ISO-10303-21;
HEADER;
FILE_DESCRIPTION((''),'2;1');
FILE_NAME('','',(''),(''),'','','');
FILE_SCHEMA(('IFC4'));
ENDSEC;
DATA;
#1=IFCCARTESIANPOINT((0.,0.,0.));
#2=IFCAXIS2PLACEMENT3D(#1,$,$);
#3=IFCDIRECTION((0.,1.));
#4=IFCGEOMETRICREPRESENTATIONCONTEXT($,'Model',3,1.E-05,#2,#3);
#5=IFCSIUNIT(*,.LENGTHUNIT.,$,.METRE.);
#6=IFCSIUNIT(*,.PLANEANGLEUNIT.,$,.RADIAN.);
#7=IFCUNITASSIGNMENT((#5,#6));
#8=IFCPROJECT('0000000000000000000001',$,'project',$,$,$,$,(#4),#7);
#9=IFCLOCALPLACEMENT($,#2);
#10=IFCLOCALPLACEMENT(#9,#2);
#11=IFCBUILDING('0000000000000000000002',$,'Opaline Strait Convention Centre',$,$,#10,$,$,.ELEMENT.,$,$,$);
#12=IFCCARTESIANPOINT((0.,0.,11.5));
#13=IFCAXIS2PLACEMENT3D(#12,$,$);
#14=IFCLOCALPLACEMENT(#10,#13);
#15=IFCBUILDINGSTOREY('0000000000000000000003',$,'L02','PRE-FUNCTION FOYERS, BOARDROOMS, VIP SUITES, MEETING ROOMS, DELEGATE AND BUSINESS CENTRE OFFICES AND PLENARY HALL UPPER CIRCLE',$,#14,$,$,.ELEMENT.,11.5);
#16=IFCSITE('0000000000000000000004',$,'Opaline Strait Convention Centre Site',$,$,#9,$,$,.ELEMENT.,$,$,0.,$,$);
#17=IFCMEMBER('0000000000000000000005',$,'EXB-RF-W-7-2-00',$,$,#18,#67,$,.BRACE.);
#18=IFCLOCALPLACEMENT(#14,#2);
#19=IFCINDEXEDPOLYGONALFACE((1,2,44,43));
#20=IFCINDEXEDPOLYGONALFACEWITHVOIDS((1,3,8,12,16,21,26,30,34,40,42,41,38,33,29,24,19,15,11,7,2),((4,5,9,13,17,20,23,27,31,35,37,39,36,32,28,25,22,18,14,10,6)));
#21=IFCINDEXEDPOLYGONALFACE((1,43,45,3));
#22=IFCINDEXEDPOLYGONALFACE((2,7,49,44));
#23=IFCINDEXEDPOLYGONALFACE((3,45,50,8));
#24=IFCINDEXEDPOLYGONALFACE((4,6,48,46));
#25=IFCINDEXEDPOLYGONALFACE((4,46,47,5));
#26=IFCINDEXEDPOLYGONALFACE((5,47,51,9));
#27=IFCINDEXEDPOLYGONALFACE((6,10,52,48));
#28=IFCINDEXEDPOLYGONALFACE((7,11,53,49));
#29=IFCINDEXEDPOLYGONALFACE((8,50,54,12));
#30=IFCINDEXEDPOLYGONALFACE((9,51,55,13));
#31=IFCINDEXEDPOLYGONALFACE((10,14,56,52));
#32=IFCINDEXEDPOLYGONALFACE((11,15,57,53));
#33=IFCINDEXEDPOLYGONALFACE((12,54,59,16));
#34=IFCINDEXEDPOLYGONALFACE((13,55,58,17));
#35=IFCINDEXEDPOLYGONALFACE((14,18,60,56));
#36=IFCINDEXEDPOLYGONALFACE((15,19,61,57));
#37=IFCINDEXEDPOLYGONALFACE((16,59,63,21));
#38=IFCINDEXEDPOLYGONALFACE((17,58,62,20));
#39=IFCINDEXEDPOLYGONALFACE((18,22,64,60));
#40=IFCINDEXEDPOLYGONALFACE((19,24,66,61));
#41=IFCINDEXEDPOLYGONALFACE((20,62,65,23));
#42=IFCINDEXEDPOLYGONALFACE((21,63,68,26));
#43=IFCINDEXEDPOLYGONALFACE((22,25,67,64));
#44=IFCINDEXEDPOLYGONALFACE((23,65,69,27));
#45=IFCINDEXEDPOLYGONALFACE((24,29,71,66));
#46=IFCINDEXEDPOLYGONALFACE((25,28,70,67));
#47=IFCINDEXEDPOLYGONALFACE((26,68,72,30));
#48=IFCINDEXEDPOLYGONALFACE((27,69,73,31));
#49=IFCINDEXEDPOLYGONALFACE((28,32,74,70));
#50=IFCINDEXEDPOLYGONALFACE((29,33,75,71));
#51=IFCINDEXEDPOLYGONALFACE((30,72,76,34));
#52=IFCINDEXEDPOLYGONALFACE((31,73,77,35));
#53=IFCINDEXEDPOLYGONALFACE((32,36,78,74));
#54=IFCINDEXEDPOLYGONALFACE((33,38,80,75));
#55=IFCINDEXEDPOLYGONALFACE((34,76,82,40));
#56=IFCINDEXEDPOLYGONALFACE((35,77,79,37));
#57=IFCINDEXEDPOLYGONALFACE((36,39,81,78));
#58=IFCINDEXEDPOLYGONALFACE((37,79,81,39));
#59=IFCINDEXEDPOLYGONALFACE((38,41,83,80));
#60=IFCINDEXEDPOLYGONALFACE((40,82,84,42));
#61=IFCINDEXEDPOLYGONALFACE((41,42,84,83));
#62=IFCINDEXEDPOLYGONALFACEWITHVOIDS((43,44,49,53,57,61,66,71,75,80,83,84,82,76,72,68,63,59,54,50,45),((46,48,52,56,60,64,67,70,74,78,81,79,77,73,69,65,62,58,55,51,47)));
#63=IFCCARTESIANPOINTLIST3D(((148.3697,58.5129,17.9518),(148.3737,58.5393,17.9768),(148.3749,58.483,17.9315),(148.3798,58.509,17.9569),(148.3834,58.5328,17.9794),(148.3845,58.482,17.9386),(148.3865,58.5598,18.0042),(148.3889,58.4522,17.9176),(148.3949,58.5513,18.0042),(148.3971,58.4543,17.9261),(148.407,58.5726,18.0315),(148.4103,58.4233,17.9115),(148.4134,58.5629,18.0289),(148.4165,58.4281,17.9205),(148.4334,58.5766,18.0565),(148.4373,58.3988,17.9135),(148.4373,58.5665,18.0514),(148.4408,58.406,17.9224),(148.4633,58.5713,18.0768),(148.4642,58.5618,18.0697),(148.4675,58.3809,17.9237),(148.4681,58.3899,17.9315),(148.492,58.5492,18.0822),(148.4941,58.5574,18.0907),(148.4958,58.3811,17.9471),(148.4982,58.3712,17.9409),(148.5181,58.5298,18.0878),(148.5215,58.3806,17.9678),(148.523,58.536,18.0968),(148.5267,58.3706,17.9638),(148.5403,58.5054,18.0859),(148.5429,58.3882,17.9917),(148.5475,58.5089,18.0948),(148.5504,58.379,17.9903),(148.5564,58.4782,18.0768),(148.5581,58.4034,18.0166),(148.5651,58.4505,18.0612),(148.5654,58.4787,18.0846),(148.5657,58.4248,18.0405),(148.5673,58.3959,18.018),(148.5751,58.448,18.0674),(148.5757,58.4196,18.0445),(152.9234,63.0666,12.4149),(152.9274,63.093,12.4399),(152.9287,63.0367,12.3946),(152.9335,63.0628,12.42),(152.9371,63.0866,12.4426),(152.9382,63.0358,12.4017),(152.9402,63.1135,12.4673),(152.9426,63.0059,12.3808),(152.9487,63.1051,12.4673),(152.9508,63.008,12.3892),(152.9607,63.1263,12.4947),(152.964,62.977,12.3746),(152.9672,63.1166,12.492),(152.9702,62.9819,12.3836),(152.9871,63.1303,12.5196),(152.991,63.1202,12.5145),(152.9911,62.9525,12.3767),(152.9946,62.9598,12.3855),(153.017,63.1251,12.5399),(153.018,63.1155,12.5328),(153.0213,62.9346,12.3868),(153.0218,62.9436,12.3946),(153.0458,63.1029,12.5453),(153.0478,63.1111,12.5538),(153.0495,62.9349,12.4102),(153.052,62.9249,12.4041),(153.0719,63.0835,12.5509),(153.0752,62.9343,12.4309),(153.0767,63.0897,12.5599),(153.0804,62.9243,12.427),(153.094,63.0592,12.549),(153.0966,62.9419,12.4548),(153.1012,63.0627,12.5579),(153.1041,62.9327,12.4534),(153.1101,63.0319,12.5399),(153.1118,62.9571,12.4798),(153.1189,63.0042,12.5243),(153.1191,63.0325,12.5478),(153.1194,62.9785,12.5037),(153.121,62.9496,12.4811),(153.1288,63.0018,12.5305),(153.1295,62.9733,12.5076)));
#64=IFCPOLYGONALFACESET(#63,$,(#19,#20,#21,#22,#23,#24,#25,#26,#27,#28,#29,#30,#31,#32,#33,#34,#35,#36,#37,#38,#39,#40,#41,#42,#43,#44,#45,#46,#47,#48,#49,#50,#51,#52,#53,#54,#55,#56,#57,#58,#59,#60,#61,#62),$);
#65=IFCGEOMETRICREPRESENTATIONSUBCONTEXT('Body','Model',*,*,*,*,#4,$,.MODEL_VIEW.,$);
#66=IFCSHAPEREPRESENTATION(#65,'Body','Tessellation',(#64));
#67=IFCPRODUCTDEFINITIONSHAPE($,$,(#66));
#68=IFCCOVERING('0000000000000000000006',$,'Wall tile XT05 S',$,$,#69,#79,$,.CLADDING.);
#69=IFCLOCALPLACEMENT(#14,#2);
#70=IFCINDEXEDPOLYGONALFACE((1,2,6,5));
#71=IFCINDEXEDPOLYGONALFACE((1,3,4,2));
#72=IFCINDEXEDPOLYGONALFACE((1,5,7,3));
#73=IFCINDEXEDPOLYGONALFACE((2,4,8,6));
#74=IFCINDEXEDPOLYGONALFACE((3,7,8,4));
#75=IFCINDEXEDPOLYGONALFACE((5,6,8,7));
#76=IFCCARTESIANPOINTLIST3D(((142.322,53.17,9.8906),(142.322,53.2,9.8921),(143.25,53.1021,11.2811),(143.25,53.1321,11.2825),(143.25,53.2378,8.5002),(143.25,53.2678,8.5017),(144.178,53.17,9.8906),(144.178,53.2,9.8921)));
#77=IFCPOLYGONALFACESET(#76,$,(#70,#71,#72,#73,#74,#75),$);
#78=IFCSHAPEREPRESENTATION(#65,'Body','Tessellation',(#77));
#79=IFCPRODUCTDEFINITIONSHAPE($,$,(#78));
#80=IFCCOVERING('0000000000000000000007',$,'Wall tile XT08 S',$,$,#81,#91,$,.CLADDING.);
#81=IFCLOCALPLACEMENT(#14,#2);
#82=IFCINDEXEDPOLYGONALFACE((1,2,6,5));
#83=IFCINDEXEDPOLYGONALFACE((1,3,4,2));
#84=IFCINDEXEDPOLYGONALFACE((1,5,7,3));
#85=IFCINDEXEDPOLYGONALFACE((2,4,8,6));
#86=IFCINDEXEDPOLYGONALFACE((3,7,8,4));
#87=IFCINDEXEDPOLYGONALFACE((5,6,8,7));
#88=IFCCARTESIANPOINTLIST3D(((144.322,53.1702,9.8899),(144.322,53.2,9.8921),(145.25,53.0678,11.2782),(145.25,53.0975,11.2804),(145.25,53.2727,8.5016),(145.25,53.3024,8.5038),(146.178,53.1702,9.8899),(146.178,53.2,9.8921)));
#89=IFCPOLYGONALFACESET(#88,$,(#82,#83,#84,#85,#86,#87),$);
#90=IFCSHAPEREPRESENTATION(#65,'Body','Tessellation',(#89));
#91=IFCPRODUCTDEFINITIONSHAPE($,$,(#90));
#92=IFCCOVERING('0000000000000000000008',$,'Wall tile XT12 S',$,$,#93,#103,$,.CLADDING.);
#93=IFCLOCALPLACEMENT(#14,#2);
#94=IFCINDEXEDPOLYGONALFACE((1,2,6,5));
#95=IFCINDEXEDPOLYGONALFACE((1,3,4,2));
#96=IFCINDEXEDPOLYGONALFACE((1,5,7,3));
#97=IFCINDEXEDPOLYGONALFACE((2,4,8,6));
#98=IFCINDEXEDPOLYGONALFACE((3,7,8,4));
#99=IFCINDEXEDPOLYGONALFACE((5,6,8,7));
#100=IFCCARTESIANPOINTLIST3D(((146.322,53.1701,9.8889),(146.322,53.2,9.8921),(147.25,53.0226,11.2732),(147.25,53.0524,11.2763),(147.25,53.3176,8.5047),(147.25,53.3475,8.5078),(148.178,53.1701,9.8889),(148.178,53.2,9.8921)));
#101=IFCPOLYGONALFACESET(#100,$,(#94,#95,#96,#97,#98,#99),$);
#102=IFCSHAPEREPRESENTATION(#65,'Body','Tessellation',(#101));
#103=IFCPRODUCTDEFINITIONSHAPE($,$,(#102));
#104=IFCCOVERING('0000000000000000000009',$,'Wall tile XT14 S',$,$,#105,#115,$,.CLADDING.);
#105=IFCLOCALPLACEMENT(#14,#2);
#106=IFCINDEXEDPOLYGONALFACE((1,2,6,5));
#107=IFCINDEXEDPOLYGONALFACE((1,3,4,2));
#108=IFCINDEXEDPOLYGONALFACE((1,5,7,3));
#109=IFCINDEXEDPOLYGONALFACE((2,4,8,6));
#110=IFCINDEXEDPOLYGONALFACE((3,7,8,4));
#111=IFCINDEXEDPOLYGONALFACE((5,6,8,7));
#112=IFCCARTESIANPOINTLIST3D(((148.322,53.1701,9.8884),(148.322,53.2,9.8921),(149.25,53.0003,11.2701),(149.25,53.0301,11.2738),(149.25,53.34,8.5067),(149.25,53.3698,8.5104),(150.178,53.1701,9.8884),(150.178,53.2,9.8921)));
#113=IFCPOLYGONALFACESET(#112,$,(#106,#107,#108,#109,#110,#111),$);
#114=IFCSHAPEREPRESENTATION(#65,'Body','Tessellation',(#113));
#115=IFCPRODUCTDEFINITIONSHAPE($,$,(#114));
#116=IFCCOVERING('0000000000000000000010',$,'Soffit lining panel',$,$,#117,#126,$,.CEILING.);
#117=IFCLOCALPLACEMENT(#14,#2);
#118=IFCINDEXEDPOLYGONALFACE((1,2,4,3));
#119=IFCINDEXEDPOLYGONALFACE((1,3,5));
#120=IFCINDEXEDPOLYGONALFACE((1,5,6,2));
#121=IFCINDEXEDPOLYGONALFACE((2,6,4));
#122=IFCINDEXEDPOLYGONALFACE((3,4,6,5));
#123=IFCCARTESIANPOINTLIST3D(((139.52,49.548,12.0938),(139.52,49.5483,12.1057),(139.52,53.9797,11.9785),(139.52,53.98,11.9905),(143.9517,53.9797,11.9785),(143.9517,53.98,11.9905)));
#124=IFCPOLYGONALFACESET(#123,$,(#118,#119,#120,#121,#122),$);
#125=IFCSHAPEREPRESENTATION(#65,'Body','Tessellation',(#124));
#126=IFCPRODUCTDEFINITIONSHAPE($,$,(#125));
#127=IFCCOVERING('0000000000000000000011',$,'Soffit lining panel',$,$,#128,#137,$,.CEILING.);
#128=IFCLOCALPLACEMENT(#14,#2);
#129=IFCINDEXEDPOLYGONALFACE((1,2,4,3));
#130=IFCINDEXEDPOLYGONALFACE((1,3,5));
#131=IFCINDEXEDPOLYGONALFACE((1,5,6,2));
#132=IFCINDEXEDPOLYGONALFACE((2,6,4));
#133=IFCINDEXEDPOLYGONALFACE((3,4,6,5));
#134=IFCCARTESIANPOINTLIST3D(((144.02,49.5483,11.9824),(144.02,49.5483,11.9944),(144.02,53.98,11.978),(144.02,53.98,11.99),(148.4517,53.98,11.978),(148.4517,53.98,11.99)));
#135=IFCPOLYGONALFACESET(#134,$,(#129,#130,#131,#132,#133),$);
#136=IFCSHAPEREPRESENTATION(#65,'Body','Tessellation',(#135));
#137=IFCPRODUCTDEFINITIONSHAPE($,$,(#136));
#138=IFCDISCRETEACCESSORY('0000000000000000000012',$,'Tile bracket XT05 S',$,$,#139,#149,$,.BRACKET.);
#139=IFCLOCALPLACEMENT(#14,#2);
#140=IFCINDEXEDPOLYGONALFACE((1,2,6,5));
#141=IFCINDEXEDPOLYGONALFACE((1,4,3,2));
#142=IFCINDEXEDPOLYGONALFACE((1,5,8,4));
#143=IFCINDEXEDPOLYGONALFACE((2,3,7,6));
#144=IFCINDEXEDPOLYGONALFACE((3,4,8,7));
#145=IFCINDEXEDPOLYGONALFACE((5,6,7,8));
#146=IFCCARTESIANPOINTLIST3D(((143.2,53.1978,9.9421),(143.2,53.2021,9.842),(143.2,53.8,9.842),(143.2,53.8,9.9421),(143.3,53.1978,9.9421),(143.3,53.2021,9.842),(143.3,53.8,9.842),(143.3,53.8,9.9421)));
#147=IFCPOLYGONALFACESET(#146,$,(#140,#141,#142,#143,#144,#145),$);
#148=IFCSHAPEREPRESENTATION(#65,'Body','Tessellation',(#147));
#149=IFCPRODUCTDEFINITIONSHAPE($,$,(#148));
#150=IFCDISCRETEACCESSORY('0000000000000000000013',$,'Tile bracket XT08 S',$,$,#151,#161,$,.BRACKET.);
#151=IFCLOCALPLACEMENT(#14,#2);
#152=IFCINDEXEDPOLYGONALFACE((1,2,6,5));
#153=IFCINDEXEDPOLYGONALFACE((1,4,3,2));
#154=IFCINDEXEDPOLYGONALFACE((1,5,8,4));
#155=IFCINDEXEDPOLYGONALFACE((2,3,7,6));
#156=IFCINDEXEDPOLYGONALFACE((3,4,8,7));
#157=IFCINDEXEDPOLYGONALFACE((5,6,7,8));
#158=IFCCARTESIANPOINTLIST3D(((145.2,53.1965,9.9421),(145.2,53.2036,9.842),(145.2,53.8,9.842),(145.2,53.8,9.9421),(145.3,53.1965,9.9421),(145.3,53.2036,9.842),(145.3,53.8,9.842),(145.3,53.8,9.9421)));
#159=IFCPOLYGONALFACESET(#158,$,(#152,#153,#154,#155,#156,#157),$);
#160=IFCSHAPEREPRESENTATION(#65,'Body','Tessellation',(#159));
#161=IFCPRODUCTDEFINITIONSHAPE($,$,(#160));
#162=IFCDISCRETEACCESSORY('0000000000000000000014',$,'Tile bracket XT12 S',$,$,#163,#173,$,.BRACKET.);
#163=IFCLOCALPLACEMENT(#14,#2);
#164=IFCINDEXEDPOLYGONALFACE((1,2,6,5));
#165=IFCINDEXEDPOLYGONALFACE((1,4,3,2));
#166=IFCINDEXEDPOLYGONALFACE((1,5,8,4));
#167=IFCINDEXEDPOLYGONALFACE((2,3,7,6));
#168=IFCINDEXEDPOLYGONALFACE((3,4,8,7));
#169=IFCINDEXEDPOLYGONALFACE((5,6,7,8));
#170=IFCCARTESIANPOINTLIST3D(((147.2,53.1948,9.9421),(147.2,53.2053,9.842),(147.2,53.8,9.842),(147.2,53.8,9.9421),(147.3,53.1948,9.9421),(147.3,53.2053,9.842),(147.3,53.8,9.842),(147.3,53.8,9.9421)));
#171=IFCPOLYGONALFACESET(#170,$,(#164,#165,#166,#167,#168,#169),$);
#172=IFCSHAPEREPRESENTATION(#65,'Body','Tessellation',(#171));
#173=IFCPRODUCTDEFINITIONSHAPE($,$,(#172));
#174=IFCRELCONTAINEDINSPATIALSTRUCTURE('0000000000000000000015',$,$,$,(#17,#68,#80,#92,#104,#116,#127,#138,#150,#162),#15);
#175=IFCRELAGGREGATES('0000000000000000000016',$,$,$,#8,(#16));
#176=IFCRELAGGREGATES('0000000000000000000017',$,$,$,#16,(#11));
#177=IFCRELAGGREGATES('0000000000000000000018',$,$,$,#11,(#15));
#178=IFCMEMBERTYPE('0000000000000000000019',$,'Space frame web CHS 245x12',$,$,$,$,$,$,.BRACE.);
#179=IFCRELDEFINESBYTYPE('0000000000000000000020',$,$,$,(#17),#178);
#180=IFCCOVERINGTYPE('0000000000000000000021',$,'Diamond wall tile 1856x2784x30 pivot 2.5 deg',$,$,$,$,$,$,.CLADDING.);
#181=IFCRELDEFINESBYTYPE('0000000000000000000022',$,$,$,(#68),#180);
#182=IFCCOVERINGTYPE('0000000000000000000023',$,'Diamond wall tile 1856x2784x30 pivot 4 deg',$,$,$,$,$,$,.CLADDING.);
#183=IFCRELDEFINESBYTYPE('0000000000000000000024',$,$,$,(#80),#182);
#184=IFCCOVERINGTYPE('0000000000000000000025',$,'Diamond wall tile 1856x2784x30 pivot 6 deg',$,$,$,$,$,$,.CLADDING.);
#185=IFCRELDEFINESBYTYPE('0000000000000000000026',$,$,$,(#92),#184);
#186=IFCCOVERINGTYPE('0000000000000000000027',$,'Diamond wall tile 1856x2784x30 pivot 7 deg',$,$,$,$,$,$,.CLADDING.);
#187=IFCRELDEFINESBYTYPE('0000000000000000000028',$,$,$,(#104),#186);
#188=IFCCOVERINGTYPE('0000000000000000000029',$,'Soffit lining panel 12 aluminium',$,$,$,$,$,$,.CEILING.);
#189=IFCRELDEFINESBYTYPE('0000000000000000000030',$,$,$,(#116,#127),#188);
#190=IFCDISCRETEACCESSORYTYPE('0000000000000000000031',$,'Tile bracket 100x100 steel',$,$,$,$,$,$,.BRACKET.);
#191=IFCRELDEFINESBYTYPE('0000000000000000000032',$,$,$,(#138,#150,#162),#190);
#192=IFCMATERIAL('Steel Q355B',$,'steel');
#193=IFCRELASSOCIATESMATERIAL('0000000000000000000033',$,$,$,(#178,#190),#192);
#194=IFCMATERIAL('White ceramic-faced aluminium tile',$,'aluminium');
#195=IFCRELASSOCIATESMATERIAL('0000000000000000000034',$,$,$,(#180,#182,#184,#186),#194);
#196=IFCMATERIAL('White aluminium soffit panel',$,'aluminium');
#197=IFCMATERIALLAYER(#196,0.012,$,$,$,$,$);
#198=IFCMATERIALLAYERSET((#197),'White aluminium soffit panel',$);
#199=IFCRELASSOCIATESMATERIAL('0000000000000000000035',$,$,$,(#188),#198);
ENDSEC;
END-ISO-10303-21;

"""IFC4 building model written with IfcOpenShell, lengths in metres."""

from ifc_helpers import new_model, si_unit, direction, frame, origin, origin_2d, place, context, subcontext, project, spatial, polyline, hollow_circle, outline, extrude, material, layer, layer_set, material_profile, profile_set, type_object, element, save


model = new_model("IFC4")

# Units and contexts
model_context = context("Model", 3, precision=1e-05, world=origin(), true_north=direction((0.0, 1.0)))
body_context = subcontext(model_context, "Body", "Model", "MODEL_VIEW")
ifc_project = project(units=[si_unit("LENGTHUNIT", "METRE"), si_unit("PLANEANGLEUNIT", "RADIAN")], contexts=[model_context])

# Site, building, storey
site_placement = place(None, origin())
site = spatial("IfcSite", under=ifc_project, at=site_placement, Name="Opaline Strait Convention Centre Site", CompositionType="ELEMENT", RefElevation=0.0)
building_placement = place(site_placement, origin())
building = spatial("IfcBuilding", under=site, at=building_placement, Name="Opaline Strait Convention Centre", CompositionType="ELEMENT")
storey_placement = place(building_placement, frame((0.0, 0.0, 11.5)))
storey = spatial("IfcBuildingStorey", under=building, at=storey_placement, Name="L02", Description="PRE-FUNCTION FOYERS, BOARDROOMS, VIP SUITES, MEETING ROOMS, DELEGATE AND BUSINESS CENTRE OFFICES AND PLENARY HALL UPPER CIRCLE", CompositionType="ELEMENT", Elevation=11.5)

# Member
ifc_material_1 = material(Name="Steel Q355B", Category="steel")
ifc_material_profile_1 = material_profile(ifc_material_1, hollow_circle(Radius=0.1226, WallThickness=0.012, at=origin_2d()), Name="CHS 245x12")
ifc_profile_set_1 = profile_set([ifc_material_profile_1], Name="Steel Q355B")
member_type_1 = type_object("IfcMemberType", Name="Space frame web CHS 245x12", PredefinedType="BRACE", material=ifc_profile_set_1)
for number, where, z_axis, x_axis, name in (
    (1, (148.4731, 58.4731, 18.0042), (0.536178, 0.536178, -0.65194), (-0.707107, 0.707107, 0.0), "EXB-RF-W-7-2-00"),
):
    element("IfcMember", number, at=place(storey_placement, frame(where, z_axis=z_axis, x_axis=x_axis)), inside=storey, type_object=member_type_1, Name=name, PredefinedType="BRACE", context=body_context, shape_type="SweptSolid", body=[
        extrude(hollow_circle(Radius=0.1226, WallThickness=0.012, at=origin_2d()), origin(), (0.0, 0.0, 1.0), 8.4929),
    ])

# Coverings
ifc_material_2 = material(Name="White ceramic-faced aluminium tile", Category="aluminium")
ifc_material_profile_2 = material_profile(ifc_material_2, outline(polyline([(0.928, 0.0), (0.0, 1.3921), (-0.928, 0.0), (0.0, -1.3921), (0.928, 0.0)])), Name="Diamond tile 1856x2784")
ifc_profile_set_2 = profile_set([ifc_material_profile_2], Name="White ceramic-faced aluminium tile")
covering_type_1 = type_object("IfcCoveringType", Name="Diamond wall tile 1856x2784x30 pivot 2.5 deg", PredefinedType="CLADDING", material=ifc_profile_set_2)
covering_1_placement = place(storey_placement, frame((143.25, 53.2, 9.8921), z_axis=(0.0, -0.998812, -0.048723), x_axis=(1.0, 0.0, 0.0)))
element("IfcCovering", 2, at=covering_1_placement, inside=storey, type_object=covering_type_1, Name="Wall tile XT05 S", PredefinedType="CLADDING", context=body_context, shape_type="SweptSolid", body=[
    extrude(outline(polyline([(0.928, 0.0), (0.0, 1.3921), (-0.928, 0.0), (0.0, -1.3921), (0.928, 0.0)])), origin(), (0.0, 0.0, 1.0), 0.03),
])
ifc_material_profile_3 = material_profile(ifc_material_2, outline(polyline([(0.928, 0.0), (0.0, 1.3921), (-0.928, 0.0), (0.0, -1.3921), (0.928, 0.0)])), Name="Diamond tile 1856x2784")
ifc_profile_set_3 = profile_set([ifc_material_profile_3], Name="White ceramic-faced aluminium tile")
covering_type_2 = type_object("IfcCoveringType", Name="Diamond wall tile 1856x2784x30 pivot 4 deg", PredefinedType="CLADDING", material=ifc_profile_set_3)
covering_2_placement = place(storey_placement, frame((145.25, 53.2, 9.8921), z_axis=(0.0, -0.99729, -0.073571), x_axis=(1.0, 0.0, 0.0)))
element("IfcCovering", 3, at=covering_2_placement, inside=storey, type_object=covering_type_2, Name="Wall tile XT08 S", PredefinedType="CLADDING", context=body_context, shape_type="SweptSolid", body=[
    extrude(outline(polyline([(0.928, 0.0), (0.0, 1.3921), (-0.928, 0.0), (0.0, -1.3921), (0.928, 0.0)])), origin(), (0.0, 0.0, 1.0), 0.0298),
])
ifc_material_profile_4 = material_profile(ifc_material_2, outline(polyline([(0.928, 0.0), (0.0, 1.3921), (-0.928, 0.0), (0.0, -1.3921), (0.928, 0.0)])), Name="Diamond tile 1856x2784")
ifc_profile_set_4 = profile_set([ifc_material_profile_4], Name="White ceramic-faced aluminium tile")
covering_type_3 = type_object("IfcCoveringType", Name="Diamond wall tile 1856x2784x30 pivot 6 deg", PredefinedType="CLADDING", material=ifc_profile_set_4)
covering_3_placement = place(storey_placement, frame((147.25, 53.2, 9.8921), z_axis=(0.0, -0.994371, -0.105958), x_axis=(1.0, 0.0, 0.0)))
element("IfcCovering", 4, at=covering_3_placement, inside=storey, type_object=covering_type_3, Name="Wall tile XT12 S", PredefinedType="CLADDING", context=body_context, shape_type="SweptSolid", body=[
    extrude(outline(polyline([(0.928, 0.0), (0.0, 1.3921), (-0.928, 0.0), (0.0, -1.3921), (0.928, 0.0)])), origin(), (0.0, 0.0, 1.0), 0.03),
])
ifc_material_profile_5 = material_profile(ifc_material_2, outline(polyline([(0.928, 0.0), (0.0, 1.3921), (-0.928, 0.0), (0.0, -1.3921), (0.928, 0.0)])), Name="Diamond tile 1856x2784")
ifc_profile_set_5 = profile_set([ifc_material_profile_5], Name="White ceramic-faced aluminium tile")
covering_type_4 = type_object("IfcCoveringType", Name="Diamond wall tile 1856x2784x30 pivot 7 deg", PredefinedType="CLADDING", material=ifc_profile_set_5)
covering_4_placement = place(storey_placement, frame((149.25, 53.2, 9.8921), z_axis=(0.0, -0.992526, -0.122032), x_axis=(1.0, 0.0, 0.0)))
element("IfcCovering", 5, at=covering_4_placement, inside=storey, type_object=covering_type_4, Name="Wall tile XT14 S", PredefinedType="CLADDING", context=body_context, shape_type="SweptSolid", body=[
    extrude(outline(polyline([(0.928, 0.0), (0.0, 1.3921), (-0.928, 0.0), (0.0, -1.3921), (0.928, 0.0)])), origin(), (0.0, 0.0, 1.0), 0.03),
])
ifc_material_3 = material(Name="White aluminium soffit panel", Category="aluminium")
ifc_layer = layer(ifc_material_3, 0.012)
ifc_layer_set = layer_set([ifc_layer], Name="White aluminium soffit panel")
covering_type_5 = type_object("IfcCoveringType", Name="Soffit lining panel 12 aluminium", PredefinedType="CEILING", material=ifc_layer_set)
covering_5_placement = place(storey_placement, frame((139.52, 49.5483, 12.1057), z_axis=(0.0, 0.025994, 0.999662), x_axis=(0.0, 0.999662, -0.025994)))
element("IfcCovering", 6, at=covering_5_placement, inside=storey, type_object=covering_type_5, Name="Soffit lining panel", PredefinedType="CEILING", context=body_context, shape_type="SweptSolid", body=[
    extrude(outline(polyline([(0.0, 0.0), (4.4331, 0.0), (4.4331, -4.4316), (0.0, 0.0)])), origin(), (0.0, 0.0, -1.0), 0.012),
])
covering_6_placement = place(storey_placement, frame((144.02, 49.5483, 11.9944), z_axis=(0.0, 0.000992, 1.0), x_axis=(0.0, 1.0, -0.000992)))
element("IfcCovering", 7, at=covering_6_placement, inside=storey, type_object=covering_type_5, Name="Soffit lining panel", PredefinedType="CEILING", context=body_context, shape_type="SweptSolid", body=[
    extrude(outline(polyline([(0.0, 0.0), (4.4316, 0.0), (4.4316, -4.4316), (0.0, 0.0)])), origin(), (0.0, 0.0, -1.0), 0.012),
])

# Discrete accessories
discrete_accessory_type = type_object("IfcDiscreteAccessoryType", Name="Tile bracket 100x100 steel", PredefinedType="BRACKET", material=ifc_material_1)
discrete_accessory_1_placement = place(storey_placement, frame((143.2, 53.8, 9.8921), z_axis=(1.0, 0.0, 0.0), x_axis=(0.0, 1.0, 0.0)))
element("IfcDiscreteAccessory", 8, at=discrete_accessory_1_placement, inside=storey, type_object=discrete_accessory_type, Name="Tile bracket XT05 S", PredefinedType="BRACKET", context=body_context, shape_type="SweptSolid", body=[
    extrude(outline(polyline([(0.0, -0.05), (0.0, 0.05), (-0.6023, 0.05), (-0.5979, -0.05), (0.0, -0.05)])), origin(), (0.0, 0.0, 1.0), 0.1001),
])
discrete_accessory_2_placement = place(storey_placement, frame((145.2, 53.8, 9.8921), z_axis=(1.0, 0.0, 0.0), x_axis=(0.0, 1.0, 0.0)))
element("IfcDiscreteAccessory", 9, at=discrete_accessory_2_placement, inside=storey, type_object=discrete_accessory_type, Name="Tile bracket XT08 S", PredefinedType="BRACKET", context=body_context, shape_type="SweptSolid", body=[
    extrude(outline(polyline([(0.0, -0.05), (0.0, 0.05), (-0.6035, 0.05), (-0.5964, -0.05), (0.0, -0.05)])), origin(), (0.0, 0.0, 1.0), 0.1001),
])
discrete_accessory_3_placement = place(storey_placement, frame((147.2, 53.8, 9.8921), z_axis=(1.0, 0.0, 0.0), x_axis=(0.0, 1.0, 0.0)))
element("IfcDiscreteAccessory", 10, at=discrete_accessory_3_placement, inside=storey, type_object=discrete_accessory_type, Name="Tile bracket XT12 S", PredefinedType="BRACKET", context=body_context, shape_type="SweptSolid", body=[
    extrude(outline(polyline([(0.0, -0.05), (0.0, 0.05), (-0.6052, 0.05), (-0.5947, -0.05), (0.0, -0.05)])), origin(), (0.0, 0.0, 1.0), 0.1001),
])

save(model, "model.ifc")
